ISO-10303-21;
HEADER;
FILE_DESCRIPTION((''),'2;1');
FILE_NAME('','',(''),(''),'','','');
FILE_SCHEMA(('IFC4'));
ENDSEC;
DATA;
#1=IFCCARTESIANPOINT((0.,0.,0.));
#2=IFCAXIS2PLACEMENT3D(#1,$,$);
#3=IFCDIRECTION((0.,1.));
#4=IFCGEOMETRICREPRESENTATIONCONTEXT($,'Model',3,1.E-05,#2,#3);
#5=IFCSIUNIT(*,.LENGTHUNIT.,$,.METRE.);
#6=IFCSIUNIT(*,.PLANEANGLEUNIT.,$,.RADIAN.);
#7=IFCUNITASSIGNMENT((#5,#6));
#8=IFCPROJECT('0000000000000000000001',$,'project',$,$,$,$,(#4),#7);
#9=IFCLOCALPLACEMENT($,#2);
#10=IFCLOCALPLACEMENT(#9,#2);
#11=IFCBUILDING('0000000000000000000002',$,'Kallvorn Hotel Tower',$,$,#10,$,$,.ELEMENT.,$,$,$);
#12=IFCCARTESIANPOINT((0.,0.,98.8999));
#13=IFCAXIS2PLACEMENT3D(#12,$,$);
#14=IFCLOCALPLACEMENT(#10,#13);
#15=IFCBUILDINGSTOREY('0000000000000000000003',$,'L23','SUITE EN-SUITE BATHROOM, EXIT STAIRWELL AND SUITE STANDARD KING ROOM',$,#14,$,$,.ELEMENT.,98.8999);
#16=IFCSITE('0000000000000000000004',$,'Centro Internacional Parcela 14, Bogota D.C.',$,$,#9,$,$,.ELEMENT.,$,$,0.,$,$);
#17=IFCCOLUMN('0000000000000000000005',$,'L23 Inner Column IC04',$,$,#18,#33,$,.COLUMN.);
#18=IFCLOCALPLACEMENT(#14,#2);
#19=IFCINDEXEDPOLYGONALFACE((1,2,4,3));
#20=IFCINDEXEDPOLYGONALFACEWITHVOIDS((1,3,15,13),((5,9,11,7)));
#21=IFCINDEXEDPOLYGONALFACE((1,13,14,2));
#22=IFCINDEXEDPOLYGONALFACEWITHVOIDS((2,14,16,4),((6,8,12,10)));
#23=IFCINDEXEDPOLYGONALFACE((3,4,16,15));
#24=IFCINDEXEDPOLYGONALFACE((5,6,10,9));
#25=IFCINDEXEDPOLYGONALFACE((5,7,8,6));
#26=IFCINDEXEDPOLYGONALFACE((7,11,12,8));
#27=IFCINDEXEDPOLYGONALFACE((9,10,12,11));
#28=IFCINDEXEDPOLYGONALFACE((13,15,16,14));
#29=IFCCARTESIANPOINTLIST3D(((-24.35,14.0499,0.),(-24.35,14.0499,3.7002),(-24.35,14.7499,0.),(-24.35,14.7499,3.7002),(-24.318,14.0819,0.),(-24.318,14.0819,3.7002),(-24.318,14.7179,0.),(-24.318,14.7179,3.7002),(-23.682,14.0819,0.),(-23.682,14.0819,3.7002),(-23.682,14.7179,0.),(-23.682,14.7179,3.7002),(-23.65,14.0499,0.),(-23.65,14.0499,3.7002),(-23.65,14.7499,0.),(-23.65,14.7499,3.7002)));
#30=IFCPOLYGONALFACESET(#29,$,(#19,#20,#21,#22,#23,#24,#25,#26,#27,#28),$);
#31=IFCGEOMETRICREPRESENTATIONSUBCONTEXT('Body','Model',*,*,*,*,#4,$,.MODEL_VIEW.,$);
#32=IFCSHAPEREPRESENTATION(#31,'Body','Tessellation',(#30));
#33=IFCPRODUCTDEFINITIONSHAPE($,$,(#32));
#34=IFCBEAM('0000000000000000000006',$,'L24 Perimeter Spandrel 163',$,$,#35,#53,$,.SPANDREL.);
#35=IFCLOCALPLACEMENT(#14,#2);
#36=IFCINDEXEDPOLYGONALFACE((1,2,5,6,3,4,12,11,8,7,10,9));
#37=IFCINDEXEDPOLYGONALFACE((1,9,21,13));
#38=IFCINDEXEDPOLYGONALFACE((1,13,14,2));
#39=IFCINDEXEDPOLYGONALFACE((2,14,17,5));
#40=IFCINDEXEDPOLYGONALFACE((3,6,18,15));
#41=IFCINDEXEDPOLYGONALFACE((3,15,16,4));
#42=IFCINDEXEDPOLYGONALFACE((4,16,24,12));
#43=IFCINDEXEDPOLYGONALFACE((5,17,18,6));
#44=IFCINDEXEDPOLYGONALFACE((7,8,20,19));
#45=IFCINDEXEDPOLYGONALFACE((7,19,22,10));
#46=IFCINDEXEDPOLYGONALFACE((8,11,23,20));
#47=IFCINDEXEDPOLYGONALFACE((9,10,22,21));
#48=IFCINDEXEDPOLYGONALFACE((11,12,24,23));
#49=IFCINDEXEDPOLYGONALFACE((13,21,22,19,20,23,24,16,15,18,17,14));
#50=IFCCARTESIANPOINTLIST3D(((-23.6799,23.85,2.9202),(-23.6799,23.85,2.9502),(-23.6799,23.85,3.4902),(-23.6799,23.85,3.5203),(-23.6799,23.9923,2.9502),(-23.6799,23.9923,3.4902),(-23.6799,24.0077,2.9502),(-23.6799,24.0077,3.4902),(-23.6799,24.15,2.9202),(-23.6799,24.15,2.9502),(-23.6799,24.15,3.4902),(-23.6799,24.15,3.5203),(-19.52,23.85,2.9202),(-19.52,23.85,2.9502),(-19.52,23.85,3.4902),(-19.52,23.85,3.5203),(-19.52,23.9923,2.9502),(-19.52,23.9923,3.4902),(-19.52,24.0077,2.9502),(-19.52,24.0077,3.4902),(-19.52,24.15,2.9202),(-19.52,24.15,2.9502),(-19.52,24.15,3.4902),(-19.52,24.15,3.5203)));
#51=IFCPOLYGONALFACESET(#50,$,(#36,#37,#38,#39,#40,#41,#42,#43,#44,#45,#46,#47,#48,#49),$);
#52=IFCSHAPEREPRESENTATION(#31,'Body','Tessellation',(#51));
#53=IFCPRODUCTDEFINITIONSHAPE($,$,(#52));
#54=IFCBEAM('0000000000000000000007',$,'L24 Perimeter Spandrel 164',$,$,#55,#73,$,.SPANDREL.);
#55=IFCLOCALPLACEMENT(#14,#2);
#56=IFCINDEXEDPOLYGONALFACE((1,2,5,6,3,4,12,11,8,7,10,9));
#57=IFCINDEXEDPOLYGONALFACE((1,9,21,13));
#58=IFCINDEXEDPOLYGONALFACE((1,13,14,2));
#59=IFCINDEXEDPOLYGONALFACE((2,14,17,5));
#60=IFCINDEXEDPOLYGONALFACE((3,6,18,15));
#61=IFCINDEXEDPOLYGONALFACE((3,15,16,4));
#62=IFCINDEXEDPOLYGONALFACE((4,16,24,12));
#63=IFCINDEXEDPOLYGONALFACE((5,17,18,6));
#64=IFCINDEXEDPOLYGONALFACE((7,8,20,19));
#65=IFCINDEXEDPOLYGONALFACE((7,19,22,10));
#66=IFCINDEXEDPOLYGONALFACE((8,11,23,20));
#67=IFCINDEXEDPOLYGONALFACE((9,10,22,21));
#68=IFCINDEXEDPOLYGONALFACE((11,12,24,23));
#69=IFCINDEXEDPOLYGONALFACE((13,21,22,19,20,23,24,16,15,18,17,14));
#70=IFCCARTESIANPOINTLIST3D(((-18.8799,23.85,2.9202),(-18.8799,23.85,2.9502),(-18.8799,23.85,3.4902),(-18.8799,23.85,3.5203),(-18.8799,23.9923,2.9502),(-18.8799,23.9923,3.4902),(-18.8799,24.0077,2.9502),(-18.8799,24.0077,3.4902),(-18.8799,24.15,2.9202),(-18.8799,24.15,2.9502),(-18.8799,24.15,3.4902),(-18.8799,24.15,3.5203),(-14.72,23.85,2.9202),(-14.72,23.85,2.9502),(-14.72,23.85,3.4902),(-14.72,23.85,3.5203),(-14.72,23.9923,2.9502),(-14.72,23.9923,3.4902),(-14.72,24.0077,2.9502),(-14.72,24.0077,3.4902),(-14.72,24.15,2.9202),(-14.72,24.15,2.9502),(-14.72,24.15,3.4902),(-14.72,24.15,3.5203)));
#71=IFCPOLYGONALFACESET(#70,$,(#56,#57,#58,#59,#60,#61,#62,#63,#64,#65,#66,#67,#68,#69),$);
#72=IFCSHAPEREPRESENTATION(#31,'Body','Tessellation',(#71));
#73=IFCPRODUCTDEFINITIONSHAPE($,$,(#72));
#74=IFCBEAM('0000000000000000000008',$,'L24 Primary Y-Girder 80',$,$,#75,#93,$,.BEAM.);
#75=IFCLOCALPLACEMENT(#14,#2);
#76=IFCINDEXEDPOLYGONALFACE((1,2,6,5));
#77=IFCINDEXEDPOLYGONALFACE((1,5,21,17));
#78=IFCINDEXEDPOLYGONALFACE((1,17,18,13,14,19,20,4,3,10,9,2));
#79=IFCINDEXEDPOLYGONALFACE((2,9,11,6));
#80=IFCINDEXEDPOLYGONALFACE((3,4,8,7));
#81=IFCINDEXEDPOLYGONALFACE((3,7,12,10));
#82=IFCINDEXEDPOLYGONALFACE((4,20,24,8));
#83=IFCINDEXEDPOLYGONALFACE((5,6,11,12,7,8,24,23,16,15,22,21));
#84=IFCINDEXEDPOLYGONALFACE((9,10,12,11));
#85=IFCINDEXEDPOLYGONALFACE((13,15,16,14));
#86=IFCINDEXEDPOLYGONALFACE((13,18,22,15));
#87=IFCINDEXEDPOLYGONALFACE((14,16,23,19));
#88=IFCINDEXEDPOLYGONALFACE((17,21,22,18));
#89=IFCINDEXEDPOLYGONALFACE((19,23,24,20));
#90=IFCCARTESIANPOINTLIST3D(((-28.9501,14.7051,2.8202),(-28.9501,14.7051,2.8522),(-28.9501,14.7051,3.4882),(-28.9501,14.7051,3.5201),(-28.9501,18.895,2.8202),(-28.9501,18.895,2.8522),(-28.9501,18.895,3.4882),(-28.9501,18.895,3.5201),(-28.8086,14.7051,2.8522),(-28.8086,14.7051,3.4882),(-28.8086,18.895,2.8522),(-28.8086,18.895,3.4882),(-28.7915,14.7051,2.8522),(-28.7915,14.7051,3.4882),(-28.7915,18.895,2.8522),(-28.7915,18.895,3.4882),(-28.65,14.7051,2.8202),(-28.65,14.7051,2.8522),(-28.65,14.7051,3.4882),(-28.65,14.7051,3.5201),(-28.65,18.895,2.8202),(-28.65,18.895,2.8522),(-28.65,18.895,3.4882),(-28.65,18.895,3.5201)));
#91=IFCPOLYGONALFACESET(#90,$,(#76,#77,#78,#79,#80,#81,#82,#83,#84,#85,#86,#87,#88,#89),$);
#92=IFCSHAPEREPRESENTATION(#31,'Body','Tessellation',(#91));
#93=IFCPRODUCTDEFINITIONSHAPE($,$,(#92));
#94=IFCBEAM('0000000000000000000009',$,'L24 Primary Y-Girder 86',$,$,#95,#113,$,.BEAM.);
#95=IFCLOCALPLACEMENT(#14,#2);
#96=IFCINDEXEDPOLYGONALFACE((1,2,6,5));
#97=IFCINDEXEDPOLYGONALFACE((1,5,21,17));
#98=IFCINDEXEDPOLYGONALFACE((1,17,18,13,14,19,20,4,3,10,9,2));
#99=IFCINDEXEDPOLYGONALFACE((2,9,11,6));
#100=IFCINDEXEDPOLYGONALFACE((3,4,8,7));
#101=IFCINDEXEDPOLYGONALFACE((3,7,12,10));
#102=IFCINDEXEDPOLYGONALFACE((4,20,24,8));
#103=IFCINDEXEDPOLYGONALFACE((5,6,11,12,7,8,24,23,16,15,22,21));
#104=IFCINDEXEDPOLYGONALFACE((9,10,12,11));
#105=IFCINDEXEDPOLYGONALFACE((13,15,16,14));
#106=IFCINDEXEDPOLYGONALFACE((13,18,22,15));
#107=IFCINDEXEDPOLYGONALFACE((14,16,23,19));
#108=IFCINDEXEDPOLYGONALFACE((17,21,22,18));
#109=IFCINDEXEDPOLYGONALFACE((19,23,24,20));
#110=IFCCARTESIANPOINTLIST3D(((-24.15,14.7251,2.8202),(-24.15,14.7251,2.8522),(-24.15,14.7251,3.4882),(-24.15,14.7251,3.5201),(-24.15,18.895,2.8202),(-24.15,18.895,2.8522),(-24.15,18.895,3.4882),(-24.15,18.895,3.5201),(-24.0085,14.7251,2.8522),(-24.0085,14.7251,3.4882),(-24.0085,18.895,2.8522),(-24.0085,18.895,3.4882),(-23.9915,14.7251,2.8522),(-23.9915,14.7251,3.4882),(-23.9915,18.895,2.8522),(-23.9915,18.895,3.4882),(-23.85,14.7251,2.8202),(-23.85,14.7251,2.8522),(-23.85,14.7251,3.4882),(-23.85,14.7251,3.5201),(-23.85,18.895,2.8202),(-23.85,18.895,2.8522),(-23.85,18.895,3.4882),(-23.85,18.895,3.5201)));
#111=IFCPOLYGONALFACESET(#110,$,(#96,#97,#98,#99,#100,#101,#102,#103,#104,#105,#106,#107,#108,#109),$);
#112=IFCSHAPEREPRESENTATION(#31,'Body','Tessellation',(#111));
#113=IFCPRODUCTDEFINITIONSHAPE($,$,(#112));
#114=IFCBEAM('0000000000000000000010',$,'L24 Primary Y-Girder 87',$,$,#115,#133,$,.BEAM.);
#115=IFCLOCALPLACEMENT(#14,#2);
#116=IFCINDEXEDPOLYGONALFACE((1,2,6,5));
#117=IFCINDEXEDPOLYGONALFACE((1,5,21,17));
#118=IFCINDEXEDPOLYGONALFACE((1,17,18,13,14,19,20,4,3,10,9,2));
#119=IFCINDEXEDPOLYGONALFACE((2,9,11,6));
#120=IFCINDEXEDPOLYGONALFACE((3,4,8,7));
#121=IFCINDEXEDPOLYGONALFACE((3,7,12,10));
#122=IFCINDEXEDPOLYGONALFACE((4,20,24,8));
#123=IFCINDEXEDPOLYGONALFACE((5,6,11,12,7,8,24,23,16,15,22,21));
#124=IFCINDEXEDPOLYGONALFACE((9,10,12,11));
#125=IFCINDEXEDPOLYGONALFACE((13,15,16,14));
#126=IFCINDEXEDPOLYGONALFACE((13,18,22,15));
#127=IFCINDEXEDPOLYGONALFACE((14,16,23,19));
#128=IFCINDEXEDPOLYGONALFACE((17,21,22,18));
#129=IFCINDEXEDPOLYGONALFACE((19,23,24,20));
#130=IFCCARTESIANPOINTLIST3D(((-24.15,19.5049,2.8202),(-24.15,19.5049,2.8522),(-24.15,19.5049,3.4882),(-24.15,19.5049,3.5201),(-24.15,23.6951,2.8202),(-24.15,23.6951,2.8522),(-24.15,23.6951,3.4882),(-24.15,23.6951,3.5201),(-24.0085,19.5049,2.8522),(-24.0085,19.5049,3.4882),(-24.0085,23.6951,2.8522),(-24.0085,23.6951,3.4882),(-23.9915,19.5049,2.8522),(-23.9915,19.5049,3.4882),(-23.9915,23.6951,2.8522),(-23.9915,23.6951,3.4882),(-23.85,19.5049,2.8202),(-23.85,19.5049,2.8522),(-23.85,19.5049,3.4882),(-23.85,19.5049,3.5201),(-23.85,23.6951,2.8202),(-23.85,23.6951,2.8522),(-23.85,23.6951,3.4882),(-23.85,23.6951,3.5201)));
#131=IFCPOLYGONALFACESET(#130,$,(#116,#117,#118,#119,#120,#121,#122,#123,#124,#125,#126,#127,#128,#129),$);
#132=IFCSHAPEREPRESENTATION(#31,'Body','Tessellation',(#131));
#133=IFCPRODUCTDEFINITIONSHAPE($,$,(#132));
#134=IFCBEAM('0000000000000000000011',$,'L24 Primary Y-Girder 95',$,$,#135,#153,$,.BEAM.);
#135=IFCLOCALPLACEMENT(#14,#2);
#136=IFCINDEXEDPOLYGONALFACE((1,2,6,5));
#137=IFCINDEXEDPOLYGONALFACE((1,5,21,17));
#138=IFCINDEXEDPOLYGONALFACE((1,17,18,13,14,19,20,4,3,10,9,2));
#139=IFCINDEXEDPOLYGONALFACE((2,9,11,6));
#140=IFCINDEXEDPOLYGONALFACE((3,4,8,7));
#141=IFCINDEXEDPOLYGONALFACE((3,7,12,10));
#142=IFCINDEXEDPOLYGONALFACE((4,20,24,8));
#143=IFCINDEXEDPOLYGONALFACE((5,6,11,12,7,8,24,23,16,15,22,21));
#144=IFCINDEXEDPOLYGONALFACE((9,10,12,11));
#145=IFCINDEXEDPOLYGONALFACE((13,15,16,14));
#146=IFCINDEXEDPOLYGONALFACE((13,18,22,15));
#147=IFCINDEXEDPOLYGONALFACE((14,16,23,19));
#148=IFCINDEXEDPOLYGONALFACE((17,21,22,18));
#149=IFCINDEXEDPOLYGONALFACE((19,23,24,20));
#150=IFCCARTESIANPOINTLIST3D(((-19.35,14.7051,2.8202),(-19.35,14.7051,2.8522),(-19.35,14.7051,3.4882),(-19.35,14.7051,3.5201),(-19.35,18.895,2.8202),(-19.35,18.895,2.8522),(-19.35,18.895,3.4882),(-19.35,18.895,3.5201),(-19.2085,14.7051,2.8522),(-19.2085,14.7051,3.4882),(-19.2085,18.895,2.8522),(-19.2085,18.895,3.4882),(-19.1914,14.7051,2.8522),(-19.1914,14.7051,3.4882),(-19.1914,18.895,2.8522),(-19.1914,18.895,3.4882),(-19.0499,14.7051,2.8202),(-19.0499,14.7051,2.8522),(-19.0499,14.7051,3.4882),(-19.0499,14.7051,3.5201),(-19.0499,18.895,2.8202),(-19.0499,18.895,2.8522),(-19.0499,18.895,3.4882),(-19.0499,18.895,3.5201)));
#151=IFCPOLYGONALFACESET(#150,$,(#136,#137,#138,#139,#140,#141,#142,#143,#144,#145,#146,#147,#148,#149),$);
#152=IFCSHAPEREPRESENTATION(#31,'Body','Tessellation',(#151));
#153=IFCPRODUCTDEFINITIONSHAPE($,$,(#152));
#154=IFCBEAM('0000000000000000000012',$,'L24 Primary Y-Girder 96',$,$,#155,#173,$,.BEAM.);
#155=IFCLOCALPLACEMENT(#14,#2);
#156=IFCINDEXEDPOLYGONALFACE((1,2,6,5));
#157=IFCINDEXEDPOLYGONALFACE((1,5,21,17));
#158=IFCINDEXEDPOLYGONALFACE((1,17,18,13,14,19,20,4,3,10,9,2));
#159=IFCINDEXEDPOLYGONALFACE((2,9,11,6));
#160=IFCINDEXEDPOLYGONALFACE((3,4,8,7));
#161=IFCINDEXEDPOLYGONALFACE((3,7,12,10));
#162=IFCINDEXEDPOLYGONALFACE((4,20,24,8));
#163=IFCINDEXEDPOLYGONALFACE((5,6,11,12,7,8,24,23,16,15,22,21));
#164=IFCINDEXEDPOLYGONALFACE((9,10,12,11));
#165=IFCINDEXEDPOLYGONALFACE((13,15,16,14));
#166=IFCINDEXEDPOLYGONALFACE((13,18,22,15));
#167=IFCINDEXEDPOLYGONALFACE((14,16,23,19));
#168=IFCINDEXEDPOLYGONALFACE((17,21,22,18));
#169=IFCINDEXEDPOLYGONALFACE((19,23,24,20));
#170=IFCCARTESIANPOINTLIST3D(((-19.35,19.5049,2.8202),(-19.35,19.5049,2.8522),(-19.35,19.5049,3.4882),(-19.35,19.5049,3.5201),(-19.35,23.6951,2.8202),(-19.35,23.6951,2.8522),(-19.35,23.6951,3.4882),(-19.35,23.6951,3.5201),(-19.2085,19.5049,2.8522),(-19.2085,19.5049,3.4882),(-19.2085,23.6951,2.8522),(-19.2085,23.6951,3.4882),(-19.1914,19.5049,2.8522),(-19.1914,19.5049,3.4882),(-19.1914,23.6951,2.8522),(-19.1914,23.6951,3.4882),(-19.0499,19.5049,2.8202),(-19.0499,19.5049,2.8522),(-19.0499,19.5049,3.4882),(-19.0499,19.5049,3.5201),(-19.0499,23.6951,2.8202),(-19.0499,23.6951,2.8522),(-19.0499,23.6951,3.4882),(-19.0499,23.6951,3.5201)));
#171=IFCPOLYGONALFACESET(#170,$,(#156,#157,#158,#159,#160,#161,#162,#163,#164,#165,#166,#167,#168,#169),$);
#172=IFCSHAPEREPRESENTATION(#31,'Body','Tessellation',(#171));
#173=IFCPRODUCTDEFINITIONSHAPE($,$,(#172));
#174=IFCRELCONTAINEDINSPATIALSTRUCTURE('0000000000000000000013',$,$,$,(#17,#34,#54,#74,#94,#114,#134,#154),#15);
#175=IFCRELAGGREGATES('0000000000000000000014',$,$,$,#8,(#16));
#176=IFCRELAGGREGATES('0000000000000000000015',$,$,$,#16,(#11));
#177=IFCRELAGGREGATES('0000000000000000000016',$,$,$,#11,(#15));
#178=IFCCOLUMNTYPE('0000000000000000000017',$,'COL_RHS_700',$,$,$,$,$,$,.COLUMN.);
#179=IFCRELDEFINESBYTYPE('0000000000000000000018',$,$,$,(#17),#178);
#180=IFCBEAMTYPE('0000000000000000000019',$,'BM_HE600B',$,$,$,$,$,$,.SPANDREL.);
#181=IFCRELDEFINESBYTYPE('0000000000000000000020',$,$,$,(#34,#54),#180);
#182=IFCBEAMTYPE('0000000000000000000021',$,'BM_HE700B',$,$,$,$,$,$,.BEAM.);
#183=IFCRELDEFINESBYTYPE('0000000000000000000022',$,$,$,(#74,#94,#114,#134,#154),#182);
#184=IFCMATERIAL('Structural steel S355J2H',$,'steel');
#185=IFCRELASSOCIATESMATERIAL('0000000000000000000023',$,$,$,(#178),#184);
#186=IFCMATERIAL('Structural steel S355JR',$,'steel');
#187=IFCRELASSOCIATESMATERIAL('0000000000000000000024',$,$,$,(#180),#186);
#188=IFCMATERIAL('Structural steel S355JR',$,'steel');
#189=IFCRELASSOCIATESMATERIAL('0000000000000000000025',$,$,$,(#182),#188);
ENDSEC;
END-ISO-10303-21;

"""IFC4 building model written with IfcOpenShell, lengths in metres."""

from ifc_helpers import new_model, si_unit, direction, frame, origin, origin_2d, place, context, subcontext, project, spatial, hollow_rectangle, i_section, extrude, material, material_profile, profile_set, type_object, element, save


model = new_model("IFC4")

# Units and contexts
model_context = context("Model", 3, precision=1e-05, world=origin(), true_north=direction((0.0, 1.0)))
body_context = subcontext(model_context, "Body", "Model", "MODEL_VIEW")
ifc_project = project(units=[si_unit("LENGTHUNIT", "METRE"), si_unit("PLANEANGLEUNIT", "RADIAN")], contexts=[model_context])

# Site, building, storey
site_placement = place(None, origin())
site = spatial("IfcSite", under=ifc_project, at=site_placement, Name="Centro Internacional Parcela 14, Bogota D.C.", CompositionType="ELEMENT", RefElevation=0.0)
building_placement = place(site_placement, origin())
building = spatial("IfcBuilding", under=site, at=building_placement, Name="Kallvorn Hotel Tower", CompositionType="ELEMENT")
storey_placement = place(building_placement, frame((0.0, 0.0, 98.8999)))
storey = spatial("IfcBuildingStorey", under=building, at=storey_placement, Name="L23", Description="SUITE EN-SUITE BATHROOM, EXIT STAIRWELL AND SUITE STANDARD KING ROOM", CompositionType="ELEMENT", Elevation=98.8999)

# Column
ifc_material_1 = material(Name="Structural steel S355J2H", Category="steel")
ifc_material_profile_1 = material_profile(ifc_material_1, hollow_rectangle(XDim=0.7, YDim=0.7, WallThickness=0.032, at=origin_2d()), Name="RHS 700x700x32")
ifc_profile_set_1 = profile_set([ifc_material_profile_1], Name="Structural steel S355J2H")
column_type_1 = type_object("IfcColumnType", Name="COL_RHS_700", PredefinedType="COLUMN", material=ifc_profile_set_1)
column_placement = place(storey_placement, frame((-24.0, 14.3999, 0.0), z_axis=(0.0, 0.0, 1.0), x_axis=(1.0, 0.0, 0.0)))
element("IfcColumn", 1, at=column_placement, inside=storey, type_object=column_type_1, Name="L23 Inner Column IC04", PredefinedType="COLUMN", context=body_context, shape_type="SweptSolid", body=[
    extrude(hollow_rectangle(XDim=0.7, YDim=0.7, WallThickness=0.032, at=origin_2d()), origin(), (0.0, 0.0, 1.0), 3.7002),
])

# Beams
ifc_material_2 = material(Name="Structural steel S355JR", Category="steel")
ifc_material_profile_2 = material_profile(ifc_material_2, i_section(OverallWidth=0.3, OverallDepth=0.6001, WebThickness=0.0154, FlangeThickness=0.03, at=origin_2d()), Name="HE 600 B")
ifc_profile_set_2 = profile_set([ifc_material_profile_2], Name="Structural steel S355JR")
beam_type_1 = type_object("IfcBeamType", Name="BM_HE600B", PredefinedType="SPANDREL", material=ifc_profile_set_2)
for number, where, z_axis, x_axis, name in (
    (2, (-23.6799, 24.0, 3.2202), (1.0, 0.0, 0.0), (0.0, 1.0, 0.0), "L24 Perimeter Spandrel 163"),
    (3, (-18.8799, 24.0, 3.2202), (1.0, 0.0, 0.0), (0.0, 1.0, 0.0), "L24 Perimeter Spandrel 164"),
):
    element("IfcBeam", number, at=place(storey_placement, frame(where, z_axis=z_axis, x_axis=x_axis)), inside=storey, type_object=beam_type_1, Name=name, PredefinedType="SPANDREL", context=body_context, shape_type="SweptSolid", body=[
        extrude(i_section(OverallWidth=0.3, OverallDepth=0.6001, WebThickness=0.0154, FlangeThickness=0.03, at=origin_2d()), origin(), (0.0, 0.0, 1.0), 4.1599),
    ])
ifc_material_3 = material(Name="Structural steel S355JR", Category="steel")
ifc_material_profile_3 = material_profile(ifc_material_3, i_section(OverallWidth=0.3, OverallDepth=0.7, WebThickness=0.0171, FlangeThickness=0.032, at=origin_2d()), Name="HE 700 B")
ifc_profile_set_3 = profile_set([ifc_material_profile_3], Name="Structural steel S355JR")
beam_type_2 = type_object("IfcBeamType", Name="BM_HE700B", PredefinedType="BEAM", material=ifc_profile_set_3)
beam_1_placement = place(storey_placement, frame((-28.8, 14.7051, 3.1702), z_axis=(0.0, 1.0, 0.0), x_axis=(-1.0, 0.0, 0.0)))
element("IfcBeam", 4, at=beam_1_placement, inside=storey, type_object=beam_type_2, Name="L24 Primary Y-Girder 80", PredefinedType="BEAM", context=body_context, shape_type="SweptSolid", body=[
    extrude(i_section(OverallWidth=0.3, OverallDepth=0.7, WebThickness=0.0171, FlangeThickness=0.032, at=origin_2d()), origin(), (0.0, 0.0, 1.0), 4.1899),
])
beam_2_placement = place(storey_placement, frame((-24.0, 14.7251, 3.1702), z_axis=(0.0, 1.0, 0.0), x_axis=(-1.0, 0.0, 0.0)))
element("IfcBeam", 5, at=beam_2_placement, inside=storey, type_object=beam_type_2, Name="L24 Primary Y-Girder 86", PredefinedType="BEAM", context=body_context, shape_type="SweptSolid", body=[
    extrude(i_section(OverallWidth=0.3, OverallDepth=0.7, WebThickness=0.0171, FlangeThickness=0.032, at=origin_2d()), origin(), (0.0, 0.0, 1.0), 4.1699),
])
beam_3_placement = place(storey_placement, frame((-24.0, 19.5049, 3.1702), z_axis=(0.0, 1.0, 0.0), x_axis=(-1.0, 0.0, 0.0)))
element("IfcBeam", 6, at=beam_3_placement, inside=storey, type_object=beam_type_2, Name="L24 Primary Y-Girder 87", PredefinedType="BEAM", context=body_context, shape_type="SweptSolid", body=[
    extrude(i_section(OverallWidth=0.3, OverallDepth=0.7, WebThickness=0.0171, FlangeThickness=0.032, at=origin_2d()), origin(), (0.0, 0.0, 1.0), 4.1902),
])
beam_4_placement = place(storey_placement, frame((-19.2, 14.7051, 3.1702), z_axis=(0.0, 1.0, 0.0), x_axis=(-1.0, 0.0, 0.0)))
element("IfcBeam", 7, at=beam_4_placement, inside=storey, type_object=beam_type_2, Name="L24 Primary Y-Girder 95", PredefinedType="BEAM", context=body_context, shape_type="SweptSolid", body=[
    extrude(i_section(OverallWidth=0.3, OverallDepth=0.7, WebThickness=0.0171, FlangeThickness=0.032, at=origin_2d()), origin(), (0.0, 0.0, 1.0), 4.1899),
])
beam_5_placement = place(storey_placement, frame((-19.2, 19.5049, 3.1702), z_axis=(0.0, 1.0, 0.0), x_axis=(-1.0, 0.0, 0.0)))
element("IfcBeam", 8, at=beam_5_placement, inside=storey, type_object=beam_type_2, Name="L24 Primary Y-Girder 96", PredefinedType="BEAM", context=body_context, shape_type="SweptSolid", body=[
    extrude(i_section(OverallWidth=0.3, OverallDepth=0.7, WebThickness=0.0171, FlangeThickness=0.032, at=origin_2d()), origin(), (0.0, 0.0, 1.0), 4.1902),
])

save(model, "model.ifc")
